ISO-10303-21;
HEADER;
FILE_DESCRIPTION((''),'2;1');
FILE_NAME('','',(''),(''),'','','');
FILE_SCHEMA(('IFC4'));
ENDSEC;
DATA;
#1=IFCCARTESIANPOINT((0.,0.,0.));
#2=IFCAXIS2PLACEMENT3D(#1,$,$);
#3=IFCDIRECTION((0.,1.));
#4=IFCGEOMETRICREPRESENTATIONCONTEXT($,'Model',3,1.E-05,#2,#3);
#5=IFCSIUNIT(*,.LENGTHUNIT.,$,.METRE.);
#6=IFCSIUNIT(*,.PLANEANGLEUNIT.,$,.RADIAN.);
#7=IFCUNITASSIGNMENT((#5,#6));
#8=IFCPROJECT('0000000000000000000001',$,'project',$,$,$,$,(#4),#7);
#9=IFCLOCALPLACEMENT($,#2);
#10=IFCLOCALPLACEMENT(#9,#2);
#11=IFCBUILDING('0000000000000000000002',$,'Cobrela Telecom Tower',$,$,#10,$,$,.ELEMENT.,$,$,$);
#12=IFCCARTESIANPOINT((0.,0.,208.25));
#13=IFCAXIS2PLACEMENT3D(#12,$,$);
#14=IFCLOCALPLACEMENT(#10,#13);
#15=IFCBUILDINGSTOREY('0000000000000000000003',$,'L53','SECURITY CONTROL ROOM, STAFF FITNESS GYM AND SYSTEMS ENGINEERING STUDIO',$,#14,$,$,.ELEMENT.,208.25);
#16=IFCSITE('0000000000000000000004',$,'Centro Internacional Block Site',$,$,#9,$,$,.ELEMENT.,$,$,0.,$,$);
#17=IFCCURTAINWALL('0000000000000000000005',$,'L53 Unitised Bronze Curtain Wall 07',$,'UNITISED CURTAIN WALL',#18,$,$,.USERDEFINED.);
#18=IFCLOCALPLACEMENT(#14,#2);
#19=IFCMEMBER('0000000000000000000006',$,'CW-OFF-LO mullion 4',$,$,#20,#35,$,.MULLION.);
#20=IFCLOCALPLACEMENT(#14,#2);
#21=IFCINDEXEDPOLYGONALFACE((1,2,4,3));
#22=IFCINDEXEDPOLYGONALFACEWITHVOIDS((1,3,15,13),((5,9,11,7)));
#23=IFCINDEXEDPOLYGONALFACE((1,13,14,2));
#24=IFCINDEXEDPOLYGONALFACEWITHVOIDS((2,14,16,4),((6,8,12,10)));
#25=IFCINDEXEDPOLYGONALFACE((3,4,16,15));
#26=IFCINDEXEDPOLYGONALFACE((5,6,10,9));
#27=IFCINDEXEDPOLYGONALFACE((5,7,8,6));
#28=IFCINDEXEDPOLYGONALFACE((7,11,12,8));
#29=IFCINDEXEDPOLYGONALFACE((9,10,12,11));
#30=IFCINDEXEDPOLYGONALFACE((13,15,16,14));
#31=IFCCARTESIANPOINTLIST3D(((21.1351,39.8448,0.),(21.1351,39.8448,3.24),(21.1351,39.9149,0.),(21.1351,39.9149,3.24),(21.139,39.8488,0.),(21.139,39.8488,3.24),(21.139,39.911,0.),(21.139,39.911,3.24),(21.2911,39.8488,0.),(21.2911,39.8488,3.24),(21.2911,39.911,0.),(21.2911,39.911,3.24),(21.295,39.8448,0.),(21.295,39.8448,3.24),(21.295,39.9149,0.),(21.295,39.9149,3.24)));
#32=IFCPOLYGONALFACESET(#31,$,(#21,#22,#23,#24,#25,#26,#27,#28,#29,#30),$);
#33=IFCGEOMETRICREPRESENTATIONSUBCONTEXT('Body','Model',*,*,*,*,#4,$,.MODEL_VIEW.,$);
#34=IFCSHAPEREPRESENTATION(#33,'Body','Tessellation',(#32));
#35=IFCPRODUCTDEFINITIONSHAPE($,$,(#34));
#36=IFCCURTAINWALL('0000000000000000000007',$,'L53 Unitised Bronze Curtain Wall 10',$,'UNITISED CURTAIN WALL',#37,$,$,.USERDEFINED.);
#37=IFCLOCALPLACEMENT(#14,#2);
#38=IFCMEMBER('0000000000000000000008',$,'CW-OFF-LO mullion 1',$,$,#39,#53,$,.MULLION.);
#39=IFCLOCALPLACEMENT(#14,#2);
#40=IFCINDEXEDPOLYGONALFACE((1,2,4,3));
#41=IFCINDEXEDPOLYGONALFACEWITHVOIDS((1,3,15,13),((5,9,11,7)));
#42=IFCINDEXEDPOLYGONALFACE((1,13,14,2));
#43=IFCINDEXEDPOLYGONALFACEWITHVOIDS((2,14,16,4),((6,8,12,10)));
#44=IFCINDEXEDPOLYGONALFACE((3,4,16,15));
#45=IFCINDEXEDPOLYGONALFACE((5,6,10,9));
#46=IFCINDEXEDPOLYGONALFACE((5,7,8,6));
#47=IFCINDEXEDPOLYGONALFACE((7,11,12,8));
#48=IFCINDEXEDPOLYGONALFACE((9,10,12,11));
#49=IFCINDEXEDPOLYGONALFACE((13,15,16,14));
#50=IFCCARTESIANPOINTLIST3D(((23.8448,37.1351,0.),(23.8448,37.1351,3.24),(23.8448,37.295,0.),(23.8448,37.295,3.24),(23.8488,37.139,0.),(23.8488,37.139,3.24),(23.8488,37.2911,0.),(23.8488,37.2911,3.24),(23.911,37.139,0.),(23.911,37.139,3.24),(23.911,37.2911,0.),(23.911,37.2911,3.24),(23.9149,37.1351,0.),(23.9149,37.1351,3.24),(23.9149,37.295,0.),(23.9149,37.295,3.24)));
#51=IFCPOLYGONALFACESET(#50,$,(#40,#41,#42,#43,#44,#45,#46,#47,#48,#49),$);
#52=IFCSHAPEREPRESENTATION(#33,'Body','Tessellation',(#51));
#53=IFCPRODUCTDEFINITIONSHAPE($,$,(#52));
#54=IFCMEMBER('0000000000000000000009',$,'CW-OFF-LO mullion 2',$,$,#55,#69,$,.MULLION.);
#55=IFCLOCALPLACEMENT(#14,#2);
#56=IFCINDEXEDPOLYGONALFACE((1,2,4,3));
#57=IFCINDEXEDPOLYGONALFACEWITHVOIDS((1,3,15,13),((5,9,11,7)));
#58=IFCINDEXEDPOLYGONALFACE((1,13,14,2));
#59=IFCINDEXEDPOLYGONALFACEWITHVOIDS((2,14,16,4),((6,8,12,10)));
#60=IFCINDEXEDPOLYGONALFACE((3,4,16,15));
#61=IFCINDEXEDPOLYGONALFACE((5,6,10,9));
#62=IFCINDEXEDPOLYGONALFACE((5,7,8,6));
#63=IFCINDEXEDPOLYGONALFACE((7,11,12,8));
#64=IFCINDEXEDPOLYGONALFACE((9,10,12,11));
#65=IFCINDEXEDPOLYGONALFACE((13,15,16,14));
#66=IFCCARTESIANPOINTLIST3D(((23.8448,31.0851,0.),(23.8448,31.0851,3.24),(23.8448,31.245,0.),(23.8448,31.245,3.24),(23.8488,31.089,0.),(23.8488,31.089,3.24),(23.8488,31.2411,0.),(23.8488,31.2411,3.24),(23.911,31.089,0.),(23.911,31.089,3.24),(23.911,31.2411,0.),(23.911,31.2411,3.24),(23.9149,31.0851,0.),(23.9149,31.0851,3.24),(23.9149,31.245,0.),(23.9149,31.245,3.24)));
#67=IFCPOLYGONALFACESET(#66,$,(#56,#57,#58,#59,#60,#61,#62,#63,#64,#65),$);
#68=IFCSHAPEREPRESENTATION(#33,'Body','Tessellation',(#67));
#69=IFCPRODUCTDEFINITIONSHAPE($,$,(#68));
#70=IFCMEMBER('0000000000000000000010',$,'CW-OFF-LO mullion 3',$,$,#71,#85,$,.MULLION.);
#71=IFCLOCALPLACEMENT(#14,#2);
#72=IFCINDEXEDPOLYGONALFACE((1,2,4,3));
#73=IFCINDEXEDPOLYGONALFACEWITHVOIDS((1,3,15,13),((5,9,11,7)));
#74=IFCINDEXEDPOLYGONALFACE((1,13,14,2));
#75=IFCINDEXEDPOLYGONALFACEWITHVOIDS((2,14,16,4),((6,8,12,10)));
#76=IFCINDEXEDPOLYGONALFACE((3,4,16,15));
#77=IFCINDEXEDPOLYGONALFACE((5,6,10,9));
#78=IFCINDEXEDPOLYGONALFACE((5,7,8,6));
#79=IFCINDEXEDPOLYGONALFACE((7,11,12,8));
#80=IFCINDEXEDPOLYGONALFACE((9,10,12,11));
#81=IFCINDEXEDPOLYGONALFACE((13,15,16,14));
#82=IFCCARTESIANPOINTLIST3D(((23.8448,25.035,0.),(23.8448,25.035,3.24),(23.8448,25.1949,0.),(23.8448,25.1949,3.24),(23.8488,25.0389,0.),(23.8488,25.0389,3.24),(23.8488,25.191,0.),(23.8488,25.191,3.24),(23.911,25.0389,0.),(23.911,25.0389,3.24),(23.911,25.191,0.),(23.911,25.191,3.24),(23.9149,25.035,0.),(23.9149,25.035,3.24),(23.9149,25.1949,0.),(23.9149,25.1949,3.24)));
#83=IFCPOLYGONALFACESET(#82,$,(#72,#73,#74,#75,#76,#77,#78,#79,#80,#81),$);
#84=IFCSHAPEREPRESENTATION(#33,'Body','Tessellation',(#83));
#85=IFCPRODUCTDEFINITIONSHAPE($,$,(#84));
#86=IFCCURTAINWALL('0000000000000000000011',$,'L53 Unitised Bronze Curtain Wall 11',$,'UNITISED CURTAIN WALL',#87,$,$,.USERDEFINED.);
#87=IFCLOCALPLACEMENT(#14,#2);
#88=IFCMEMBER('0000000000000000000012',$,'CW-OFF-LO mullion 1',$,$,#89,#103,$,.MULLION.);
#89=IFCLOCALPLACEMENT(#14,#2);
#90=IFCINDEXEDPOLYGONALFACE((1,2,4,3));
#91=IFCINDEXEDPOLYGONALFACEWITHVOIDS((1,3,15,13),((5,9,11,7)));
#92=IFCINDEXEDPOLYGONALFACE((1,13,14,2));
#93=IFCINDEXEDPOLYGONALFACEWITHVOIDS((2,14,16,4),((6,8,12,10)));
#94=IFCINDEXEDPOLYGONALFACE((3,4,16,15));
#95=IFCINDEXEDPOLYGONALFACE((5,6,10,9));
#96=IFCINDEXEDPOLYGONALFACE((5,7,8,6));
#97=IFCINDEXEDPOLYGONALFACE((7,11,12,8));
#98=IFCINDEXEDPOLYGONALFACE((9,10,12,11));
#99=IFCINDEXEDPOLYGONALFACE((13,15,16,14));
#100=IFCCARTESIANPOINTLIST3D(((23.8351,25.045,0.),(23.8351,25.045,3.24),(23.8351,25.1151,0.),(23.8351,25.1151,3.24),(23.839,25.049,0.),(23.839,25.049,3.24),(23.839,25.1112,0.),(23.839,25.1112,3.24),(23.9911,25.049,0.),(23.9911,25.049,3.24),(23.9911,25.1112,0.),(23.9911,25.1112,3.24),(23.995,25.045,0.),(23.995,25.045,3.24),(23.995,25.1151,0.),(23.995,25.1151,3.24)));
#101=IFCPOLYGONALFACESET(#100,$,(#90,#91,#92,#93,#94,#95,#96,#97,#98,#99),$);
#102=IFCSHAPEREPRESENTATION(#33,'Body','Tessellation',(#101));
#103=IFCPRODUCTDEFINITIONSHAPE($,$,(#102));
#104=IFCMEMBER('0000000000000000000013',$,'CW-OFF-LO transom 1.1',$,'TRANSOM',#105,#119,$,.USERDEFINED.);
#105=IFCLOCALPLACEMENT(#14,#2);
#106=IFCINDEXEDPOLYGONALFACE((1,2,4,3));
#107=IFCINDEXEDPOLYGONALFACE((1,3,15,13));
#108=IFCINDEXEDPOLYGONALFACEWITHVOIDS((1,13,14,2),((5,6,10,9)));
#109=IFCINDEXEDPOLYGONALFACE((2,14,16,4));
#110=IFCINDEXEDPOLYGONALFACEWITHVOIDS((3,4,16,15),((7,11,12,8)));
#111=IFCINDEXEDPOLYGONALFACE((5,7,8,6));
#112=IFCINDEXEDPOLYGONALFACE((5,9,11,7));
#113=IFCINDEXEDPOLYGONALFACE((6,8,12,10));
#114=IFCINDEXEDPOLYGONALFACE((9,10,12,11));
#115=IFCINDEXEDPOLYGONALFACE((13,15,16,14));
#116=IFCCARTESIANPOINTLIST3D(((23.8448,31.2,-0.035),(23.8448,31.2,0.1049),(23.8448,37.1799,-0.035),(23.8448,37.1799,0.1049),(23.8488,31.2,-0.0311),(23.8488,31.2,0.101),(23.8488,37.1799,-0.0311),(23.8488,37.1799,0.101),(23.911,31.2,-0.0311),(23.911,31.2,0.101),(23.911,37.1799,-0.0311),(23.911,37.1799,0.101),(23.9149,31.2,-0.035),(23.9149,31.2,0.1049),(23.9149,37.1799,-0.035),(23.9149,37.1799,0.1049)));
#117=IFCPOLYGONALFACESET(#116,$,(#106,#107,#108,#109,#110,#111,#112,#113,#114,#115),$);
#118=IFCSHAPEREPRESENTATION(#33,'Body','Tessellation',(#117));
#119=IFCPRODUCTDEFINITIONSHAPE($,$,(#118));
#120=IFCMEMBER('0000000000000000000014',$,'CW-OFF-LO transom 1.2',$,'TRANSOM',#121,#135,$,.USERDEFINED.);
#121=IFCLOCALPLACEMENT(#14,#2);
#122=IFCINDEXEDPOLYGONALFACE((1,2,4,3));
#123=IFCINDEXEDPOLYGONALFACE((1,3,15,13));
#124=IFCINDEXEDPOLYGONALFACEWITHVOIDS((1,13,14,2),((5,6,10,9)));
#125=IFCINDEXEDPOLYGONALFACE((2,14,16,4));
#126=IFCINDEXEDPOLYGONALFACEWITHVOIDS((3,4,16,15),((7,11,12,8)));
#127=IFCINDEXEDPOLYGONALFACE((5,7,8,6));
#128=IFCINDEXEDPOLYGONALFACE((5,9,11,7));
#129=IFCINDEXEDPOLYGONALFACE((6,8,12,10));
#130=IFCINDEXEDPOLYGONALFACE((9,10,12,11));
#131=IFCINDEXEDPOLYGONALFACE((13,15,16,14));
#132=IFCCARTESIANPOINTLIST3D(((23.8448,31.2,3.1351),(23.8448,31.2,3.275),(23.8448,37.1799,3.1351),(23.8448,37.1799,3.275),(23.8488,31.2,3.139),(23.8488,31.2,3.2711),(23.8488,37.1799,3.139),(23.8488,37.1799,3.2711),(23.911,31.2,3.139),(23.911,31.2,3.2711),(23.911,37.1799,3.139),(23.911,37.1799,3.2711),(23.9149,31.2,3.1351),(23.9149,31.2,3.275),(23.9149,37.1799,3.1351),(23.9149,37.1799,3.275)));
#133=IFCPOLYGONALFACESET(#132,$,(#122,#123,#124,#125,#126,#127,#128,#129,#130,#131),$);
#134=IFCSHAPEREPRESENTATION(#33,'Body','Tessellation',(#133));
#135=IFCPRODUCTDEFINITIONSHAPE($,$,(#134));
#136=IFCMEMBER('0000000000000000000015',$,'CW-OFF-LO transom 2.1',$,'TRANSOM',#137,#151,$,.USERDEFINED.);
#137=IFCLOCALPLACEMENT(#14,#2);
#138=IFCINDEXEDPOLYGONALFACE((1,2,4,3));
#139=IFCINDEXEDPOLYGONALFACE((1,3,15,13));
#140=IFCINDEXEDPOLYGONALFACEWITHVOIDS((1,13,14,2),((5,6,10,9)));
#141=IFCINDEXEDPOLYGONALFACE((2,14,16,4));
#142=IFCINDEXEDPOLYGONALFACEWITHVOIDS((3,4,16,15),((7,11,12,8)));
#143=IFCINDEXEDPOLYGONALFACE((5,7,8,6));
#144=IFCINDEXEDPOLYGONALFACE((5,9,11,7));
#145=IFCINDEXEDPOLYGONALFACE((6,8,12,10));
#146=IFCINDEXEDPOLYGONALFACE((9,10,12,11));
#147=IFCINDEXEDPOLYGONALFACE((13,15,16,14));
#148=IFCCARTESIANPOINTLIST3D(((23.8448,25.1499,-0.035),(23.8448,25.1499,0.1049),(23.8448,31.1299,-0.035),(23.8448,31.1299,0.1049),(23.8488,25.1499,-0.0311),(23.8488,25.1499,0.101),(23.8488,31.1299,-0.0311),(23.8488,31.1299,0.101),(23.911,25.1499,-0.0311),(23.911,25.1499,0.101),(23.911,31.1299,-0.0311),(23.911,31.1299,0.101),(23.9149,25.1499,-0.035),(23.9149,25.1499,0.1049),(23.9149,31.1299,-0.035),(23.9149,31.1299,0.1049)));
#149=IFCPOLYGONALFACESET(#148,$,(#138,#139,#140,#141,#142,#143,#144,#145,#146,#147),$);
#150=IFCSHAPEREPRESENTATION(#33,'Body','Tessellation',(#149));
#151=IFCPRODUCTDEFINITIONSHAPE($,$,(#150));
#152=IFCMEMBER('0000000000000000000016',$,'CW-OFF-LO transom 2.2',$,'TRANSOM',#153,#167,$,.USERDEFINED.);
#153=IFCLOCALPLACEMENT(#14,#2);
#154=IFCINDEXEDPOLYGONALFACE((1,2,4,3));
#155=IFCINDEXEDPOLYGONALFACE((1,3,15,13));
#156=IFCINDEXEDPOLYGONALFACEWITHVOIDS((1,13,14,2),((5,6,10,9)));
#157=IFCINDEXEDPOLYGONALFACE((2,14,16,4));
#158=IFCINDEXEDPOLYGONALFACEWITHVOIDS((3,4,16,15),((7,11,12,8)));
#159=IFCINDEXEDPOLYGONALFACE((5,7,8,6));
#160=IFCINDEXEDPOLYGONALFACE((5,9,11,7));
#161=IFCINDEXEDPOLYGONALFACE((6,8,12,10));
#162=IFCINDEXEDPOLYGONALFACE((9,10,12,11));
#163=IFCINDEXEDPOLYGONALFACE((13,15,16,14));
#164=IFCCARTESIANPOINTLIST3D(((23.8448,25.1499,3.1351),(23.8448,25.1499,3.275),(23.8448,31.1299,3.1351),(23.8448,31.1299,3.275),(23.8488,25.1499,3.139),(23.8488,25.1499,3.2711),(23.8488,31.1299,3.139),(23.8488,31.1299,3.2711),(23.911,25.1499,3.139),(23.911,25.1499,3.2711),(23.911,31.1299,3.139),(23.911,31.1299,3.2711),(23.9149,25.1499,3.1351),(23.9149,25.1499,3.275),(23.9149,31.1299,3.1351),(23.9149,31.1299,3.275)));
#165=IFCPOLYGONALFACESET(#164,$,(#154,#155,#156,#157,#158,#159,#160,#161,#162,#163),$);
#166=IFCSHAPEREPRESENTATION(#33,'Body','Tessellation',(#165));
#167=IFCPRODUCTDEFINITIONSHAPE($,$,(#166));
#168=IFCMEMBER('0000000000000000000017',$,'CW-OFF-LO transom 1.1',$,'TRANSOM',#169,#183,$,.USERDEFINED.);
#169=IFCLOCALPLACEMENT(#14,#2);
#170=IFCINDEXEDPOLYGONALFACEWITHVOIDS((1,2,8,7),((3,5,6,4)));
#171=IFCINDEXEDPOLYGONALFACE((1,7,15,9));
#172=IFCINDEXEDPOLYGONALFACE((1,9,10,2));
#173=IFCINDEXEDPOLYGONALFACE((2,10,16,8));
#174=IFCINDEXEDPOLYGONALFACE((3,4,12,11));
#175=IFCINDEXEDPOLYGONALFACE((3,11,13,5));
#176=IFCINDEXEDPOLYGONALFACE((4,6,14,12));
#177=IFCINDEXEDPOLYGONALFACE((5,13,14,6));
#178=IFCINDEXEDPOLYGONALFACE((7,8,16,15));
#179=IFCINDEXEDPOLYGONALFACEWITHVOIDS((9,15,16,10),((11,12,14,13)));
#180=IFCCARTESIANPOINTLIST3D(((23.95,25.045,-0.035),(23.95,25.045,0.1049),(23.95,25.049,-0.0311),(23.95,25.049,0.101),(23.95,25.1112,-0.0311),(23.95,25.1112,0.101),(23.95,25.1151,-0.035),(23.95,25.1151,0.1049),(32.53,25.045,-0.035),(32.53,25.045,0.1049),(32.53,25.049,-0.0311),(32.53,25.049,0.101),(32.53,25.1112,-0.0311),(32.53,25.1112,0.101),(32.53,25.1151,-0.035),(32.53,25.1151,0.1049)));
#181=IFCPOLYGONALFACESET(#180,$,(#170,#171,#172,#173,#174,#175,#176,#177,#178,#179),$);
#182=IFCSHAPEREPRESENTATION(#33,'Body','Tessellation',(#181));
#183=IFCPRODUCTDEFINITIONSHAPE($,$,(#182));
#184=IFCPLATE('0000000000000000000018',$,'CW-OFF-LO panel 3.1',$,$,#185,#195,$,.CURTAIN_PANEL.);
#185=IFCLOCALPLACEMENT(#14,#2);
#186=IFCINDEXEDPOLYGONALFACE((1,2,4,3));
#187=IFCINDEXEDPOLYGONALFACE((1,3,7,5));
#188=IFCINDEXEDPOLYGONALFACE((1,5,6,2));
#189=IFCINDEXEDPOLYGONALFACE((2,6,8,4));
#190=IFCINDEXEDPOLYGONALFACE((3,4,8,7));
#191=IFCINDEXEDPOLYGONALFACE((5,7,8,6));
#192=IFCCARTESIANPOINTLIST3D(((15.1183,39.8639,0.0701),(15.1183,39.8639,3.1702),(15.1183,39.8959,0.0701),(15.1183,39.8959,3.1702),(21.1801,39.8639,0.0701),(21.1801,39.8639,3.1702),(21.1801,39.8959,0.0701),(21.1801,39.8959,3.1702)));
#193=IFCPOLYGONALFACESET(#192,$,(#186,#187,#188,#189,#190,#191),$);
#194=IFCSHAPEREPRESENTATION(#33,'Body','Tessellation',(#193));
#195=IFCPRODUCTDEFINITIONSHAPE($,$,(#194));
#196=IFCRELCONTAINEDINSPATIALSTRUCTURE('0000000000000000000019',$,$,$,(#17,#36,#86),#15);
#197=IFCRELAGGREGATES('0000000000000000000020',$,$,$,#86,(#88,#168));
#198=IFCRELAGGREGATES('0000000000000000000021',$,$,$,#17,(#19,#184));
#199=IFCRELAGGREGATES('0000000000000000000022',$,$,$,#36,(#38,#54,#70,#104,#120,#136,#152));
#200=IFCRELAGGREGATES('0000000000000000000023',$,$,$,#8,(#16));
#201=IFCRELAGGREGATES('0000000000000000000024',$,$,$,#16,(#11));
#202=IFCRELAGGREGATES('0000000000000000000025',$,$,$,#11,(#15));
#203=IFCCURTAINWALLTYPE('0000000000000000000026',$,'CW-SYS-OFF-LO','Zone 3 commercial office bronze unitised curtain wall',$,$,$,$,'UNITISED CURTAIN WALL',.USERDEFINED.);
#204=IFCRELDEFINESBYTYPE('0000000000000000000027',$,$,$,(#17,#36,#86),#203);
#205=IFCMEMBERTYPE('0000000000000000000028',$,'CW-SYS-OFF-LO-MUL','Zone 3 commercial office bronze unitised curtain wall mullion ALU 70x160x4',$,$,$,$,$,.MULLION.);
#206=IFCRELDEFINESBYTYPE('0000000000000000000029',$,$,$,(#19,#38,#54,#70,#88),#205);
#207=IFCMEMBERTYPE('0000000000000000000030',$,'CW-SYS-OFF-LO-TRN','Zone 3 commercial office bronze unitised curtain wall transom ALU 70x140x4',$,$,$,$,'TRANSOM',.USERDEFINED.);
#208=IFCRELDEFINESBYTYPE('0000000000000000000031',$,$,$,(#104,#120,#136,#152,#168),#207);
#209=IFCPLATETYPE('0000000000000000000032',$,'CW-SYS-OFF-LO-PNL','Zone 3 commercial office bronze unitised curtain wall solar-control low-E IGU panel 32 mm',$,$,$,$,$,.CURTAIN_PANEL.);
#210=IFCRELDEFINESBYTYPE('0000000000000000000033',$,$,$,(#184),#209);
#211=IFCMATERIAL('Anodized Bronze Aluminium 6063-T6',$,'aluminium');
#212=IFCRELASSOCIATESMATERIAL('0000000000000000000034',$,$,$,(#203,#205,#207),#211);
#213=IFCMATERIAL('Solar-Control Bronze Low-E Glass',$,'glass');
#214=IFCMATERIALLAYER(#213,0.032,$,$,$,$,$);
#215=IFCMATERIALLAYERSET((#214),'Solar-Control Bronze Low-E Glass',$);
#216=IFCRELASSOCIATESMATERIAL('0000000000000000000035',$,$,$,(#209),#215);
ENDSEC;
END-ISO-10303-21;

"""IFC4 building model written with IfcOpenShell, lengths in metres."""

from ifc_helpers import new_model, si_unit, direction, frame, origin, origin_2d, place, context, subcontext, project, spatial, rectangle, hollow_rectangle, extrude, material, layer, layer_set, material_profile, profile_set, type_object, element, aggregate, save


model = new_model("IFC4")

# Units and contexts
model_context = context("Model", 3, precision=1e-05, world=origin(), true_north=direction((0.0, 1.0)))
body_context = subcontext(model_context, "Body", "Model", "MODEL_VIEW")
ifc_project = project(units=[si_unit("LENGTHUNIT", "METRE"), si_unit("PLANEANGLEUNIT", "RADIAN")], contexts=[model_context])

# Site, building, storey
site_placement = place(None, origin())
site = spatial("IfcSite", under=ifc_project, at=site_placement, Name="Centro Internacional Block Site", CompositionType="ELEMENT", RefElevation=0.0)
building_placement = place(site_placement, origin())
building = spatial("IfcBuilding", under=site, at=building_placement, Name="Cobrela Telecom Tower", CompositionType="ELEMENT")
storey_placement = place(building_placement, frame((0.0, 0.0, 208.25)))
storey = spatial("IfcBuildingStorey", under=building, at=storey_placement, Name="L53", Description="SECURITY CONTROL ROOM, STAFF FITNESS GYM AND SYSTEMS ENGINEERING STUDIO", CompositionType="ELEMENT", Elevation=208.25)

# Curtain wall, member
ifc_material_1 = material(Name="Anodized Bronze Aluminium 6063-T6", Category="aluminium")
curtain_wall_type = type_object("IfcCurtainWallType", Name="CW-SYS-OFF-LO", Description="Zone 3 commercial office bronze unitised curtain wall", ElementType="UNITISED CURTAIN WALL", PredefinedType="USERDEFINED", material=ifc_material_1)
curtain_wall_1_placement = place(storey_placement, origin())
curtain_wall_1 = element("IfcCurtainWall", 1, at=curtain_wall_1_placement, inside=storey, type_object=curtain_wall_type, Name="L53 Unitised Bronze Curtain Wall 07", ObjectType="UNITISED CURTAIN WALL", PredefinedType="USERDEFINED")
ifc_material_profile_1 = material_profile(ifc_material_1, hollow_rectangle(XDim=0.0701, YDim=0.1599, WallThickness=0.0039, at=origin_2d()), Name="ALU 70x160x4")
ifc_profile_set_1 = profile_set([ifc_material_profile_1], Name="Anodized Bronze Aluminium 6063-T6")
member_type_1 = type_object("IfcMemberType", Name="CW-SYS-OFF-LO-MUL", Description="Zone 3 commercial office bronze unitised curtain wall mullion ALU 70x160x4", PredefinedType="MULLION", material=ifc_profile_set_1)
member_1_placement = place(storey_placement, frame((21.2151, 39.8799, 0.0), z_axis=(0.0, 0.0, 1.0), x_axis=(0.0, 1.0, 0.0)))
member_1 = element("IfcMember", 2, at=member_1_placement, type_object=member_type_1, Name="CW-OFF-LO mullion 4", PredefinedType="MULLION", context=body_context, shape_type="SweptSolid", body=[
    extrude(hollow_rectangle(XDim=0.0701, YDim=0.1599, WallThickness=0.0039, at=origin_2d()), origin(), (0.0, 0.0, 1.0), 3.24),
])

# Curtain wall, members
curtain_wall_2_placement = place(storey_placement, origin())
curtain_wall_2 = element("IfcCurtainWall", 3, at=curtain_wall_2_placement, inside=storey, type_object=curtain_wall_type, Name="L53 Unitised Bronze Curtain Wall 10", ObjectType="UNITISED CURTAIN WALL", PredefinedType="USERDEFINED")
member_2_placement = place(storey_placement, frame((23.8799, 37.2151, 0.0), z_axis=(0.0, 0.0, 1.0), x_axis=(1.0, 0.0, 0.0)))
member_2 = element("IfcMember", 4, at=member_2_placement, type_object=member_type_1, Name="CW-OFF-LO mullion 1", PredefinedType="MULLION", context=body_context, shape_type="SweptSolid", body=[
    extrude(hollow_rectangle(XDim=0.0701, YDim=0.1599, WallThickness=0.0039, at=origin_2d()), origin(), (0.0, 0.0, 1.0), 3.24),
])
member_3_placement = place(storey_placement, frame((23.8799, 31.165, 0.0), z_axis=(0.0, 0.0, 1.0), x_axis=(1.0, 0.0, 0.0)))
member_3 = element("IfcMember", 5, at=member_3_placement, type_object=member_type_1, Name="CW-OFF-LO mullion 2", PredefinedType="MULLION", context=body_context, shape_type="SweptSolid", body=[
    extrude(hollow_rectangle(XDim=0.0701, YDim=0.1599, WallThickness=0.0039, at=origin_2d()), origin(), (0.0, 0.0, 1.0), 3.24),
])
member_4_placement = place(storey_placement, frame((23.8799, 25.115, 0.0), z_axis=(0.0, 0.0, 1.0), x_axis=(1.0, 0.0, 0.0)))
member_4 = element("IfcMember", 6, at=member_4_placement, type_object=member_type_1, Name="CW-OFF-LO mullion 3", PredefinedType="MULLION", context=body_context, shape_type="SweptSolid", body=[
    extrude(hollow_rectangle(XDim=0.0701, YDim=0.1599, WallThickness=0.0039, at=origin_2d()), origin(), (0.0, 0.0, 1.0), 3.24),
])

# Curtain wall, member
curtain_wall_3_placement = place(storey_placement, origin())
curtain_wall_3 = element("IfcCurtainWall", 7, at=curtain_wall_3_placement, inside=storey, type_object=curtain_wall_type, Name="L53 Unitised Bronze Curtain Wall 11", ObjectType="UNITISED CURTAIN WALL", PredefinedType="USERDEFINED")
member_5_placement = place(storey_placement, frame((23.915, 25.0801, 0.0), z_axis=(0.0, 0.0, 1.0), x_axis=(0.0, 1.0, 0.0)))
member_5 = element("IfcMember", 8, at=member_5_placement, type_object=member_type_1, Name="CW-OFF-LO mullion 1", PredefinedType="MULLION", context=body_context, shape_type="SweptSolid", body=[
    extrude(hollow_rectangle(XDim=0.0701, YDim=0.1599, WallThickness=0.0039, at=origin_2d()), origin(), (0.0, 0.0, 1.0), 3.24),
])

# Members
ifc_material_profile_2 = material_profile(ifc_material_1, hollow_rectangle(XDim=0.0701, YDim=0.1399, WallThickness=0.0039, at=origin_2d()), Name="ALU 70x140x4")
ifc_profile_set_2 = profile_set([ifc_material_profile_2], Name="Anodized Bronze Aluminium 6063-T6")
member_type_2 = type_object("IfcMemberType", Name="CW-SYS-OFF-LO-TRN", Description="Zone 3 commercial office bronze unitised curtain wall transom ALU 70x140x4", ElementType="TRANSOM", PredefinedType="USERDEFINED", material=ifc_profile_set_2)
member_6_placement = place(storey_placement, frame((23.8799, 37.1799, 0.0349), z_axis=(0.0, -1.0, 0.0), x_axis=(1.0, 0.0, 0.0)))
member_6 = element("IfcMember", 9, at=member_6_placement, type_object=member_type_2, Name="CW-OFF-LO transom 1.1", ObjectType="TRANSOM", PredefinedType="USERDEFINED", context=body_context, shape_type="SweptSolid", body=[
    extrude(hollow_rectangle(XDim=0.0701, YDim=0.1399, WallThickness=0.0039, at=origin_2d()), origin(), (0.0, 0.0, 1.0), 5.98),
])
member_7_placement = place(storey_placement, frame((23.8799, 37.1799, 3.2051), z_axis=(0.0, -1.0, 0.0), x_axis=(1.0, 0.0, 0.0)))
member_7 = element("IfcMember", 10, at=member_7_placement, type_object=member_type_2, Name="CW-OFF-LO transom 1.2", ObjectType="TRANSOM", PredefinedType="USERDEFINED", context=body_context, shape_type="SweptSolid", body=[
    extrude(hollow_rectangle(XDim=0.0701, YDim=0.1399, WallThickness=0.0039, at=origin_2d()), origin(), (0.0, 0.0, 1.0), 5.98),
])
member_8_placement = place(storey_placement, frame((23.8799, 31.1299, 0.0349), z_axis=(0.0, -1.0, 0.0), x_axis=(1.0, 0.0, 0.0)))
member_8 = element("IfcMember", 11, at=member_8_placement, type_object=member_type_2, Name="CW-OFF-LO transom 2.1", ObjectType="TRANSOM", PredefinedType="USERDEFINED", context=body_context, shape_type="SweptSolid", body=[
    extrude(hollow_rectangle(XDim=0.0701, YDim=0.1399, WallThickness=0.0039, at=origin_2d()), origin(), (0.0, 0.0, 1.0), 5.98),
])
member_9_placement = place(storey_placement, frame((23.8799, 31.1299, 3.2051), z_axis=(0.0, -1.0, 0.0), x_axis=(1.0, 0.0, 0.0)))
member_9 = element("IfcMember", 12, at=member_9_placement, type_object=member_type_2, Name="CW-OFF-LO transom 2.2", ObjectType="TRANSOM", PredefinedType="USERDEFINED", context=body_context, shape_type="SweptSolid", body=[
    extrude(hollow_rectangle(XDim=0.0701, YDim=0.1399, WallThickness=0.0039, at=origin_2d()), origin(), (0.0, 0.0, 1.0), 5.98),
])
member_10_placement = place(storey_placement, frame((23.95, 25.0801, 0.0349), z_axis=(1.0, 0.0, 0.0), x_axis=(0.0, 1.0, 0.0)))
member_10 = element("IfcMember", 13, at=member_10_placement, type_object=member_type_2, Name="CW-OFF-LO transom 1.1", ObjectType="TRANSOM", PredefinedType="USERDEFINED", context=body_context, shape_type="SweptSolid", body=[
    extrude(hollow_rectangle(XDim=0.0701, YDim=0.1399, WallThickness=0.0039, at=origin_2d()), origin(), (0.0, 0.0, 1.0), 8.5801),
])
aggregate(curtain_wall_3, [member_5, member_10])

# Plate
ifc_material_2 = material(Name="Solar-Control Bronze Low-E Glass", Category="glass")
ifc_layer_1 = layer(ifc_material_2, 0.032)
ifc_layer_set_1 = layer_set([ifc_layer_1], Name="Solar-Control Bronze Low-E Glass")
plate_type = type_object("IfcPlateType", Name="CW-SYS-OFF-LO-PNL", Description="Zone 3 commercial office bronze unitised curtain wall solar-control low-E IGU panel 32 mm", PredefinedType="CURTAIN_PANEL", material=ifc_layer_set_1)
plate_1_placement = place(storey_placement, frame((18.1492, 39.8799, 0.0701), z_axis=(0.0, 0.0, 1.0), x_axis=(1.0, 0.0, 0.0)))
plate_1 = element("IfcPlate", 14, at=plate_1_placement, type_object=plate_type, Name="CW-OFF-LO panel 3.1", PredefinedType="CURTAIN_PANEL", context=body_context, shape_type="SweptSolid", body=[
    extrude(rectangle(XDim=6.0618, YDim=0.032, at=origin_2d()), origin(), (0.0, 0.0, 1.0), 3.1001),
])
aggregate(curtain_wall_1, [member_1, plate_1])
aggregate(curtain_wall_2, [member_2, member_3, member_4, member_6, member_7, member_8, member_9])

save(model, "model.ifc")
